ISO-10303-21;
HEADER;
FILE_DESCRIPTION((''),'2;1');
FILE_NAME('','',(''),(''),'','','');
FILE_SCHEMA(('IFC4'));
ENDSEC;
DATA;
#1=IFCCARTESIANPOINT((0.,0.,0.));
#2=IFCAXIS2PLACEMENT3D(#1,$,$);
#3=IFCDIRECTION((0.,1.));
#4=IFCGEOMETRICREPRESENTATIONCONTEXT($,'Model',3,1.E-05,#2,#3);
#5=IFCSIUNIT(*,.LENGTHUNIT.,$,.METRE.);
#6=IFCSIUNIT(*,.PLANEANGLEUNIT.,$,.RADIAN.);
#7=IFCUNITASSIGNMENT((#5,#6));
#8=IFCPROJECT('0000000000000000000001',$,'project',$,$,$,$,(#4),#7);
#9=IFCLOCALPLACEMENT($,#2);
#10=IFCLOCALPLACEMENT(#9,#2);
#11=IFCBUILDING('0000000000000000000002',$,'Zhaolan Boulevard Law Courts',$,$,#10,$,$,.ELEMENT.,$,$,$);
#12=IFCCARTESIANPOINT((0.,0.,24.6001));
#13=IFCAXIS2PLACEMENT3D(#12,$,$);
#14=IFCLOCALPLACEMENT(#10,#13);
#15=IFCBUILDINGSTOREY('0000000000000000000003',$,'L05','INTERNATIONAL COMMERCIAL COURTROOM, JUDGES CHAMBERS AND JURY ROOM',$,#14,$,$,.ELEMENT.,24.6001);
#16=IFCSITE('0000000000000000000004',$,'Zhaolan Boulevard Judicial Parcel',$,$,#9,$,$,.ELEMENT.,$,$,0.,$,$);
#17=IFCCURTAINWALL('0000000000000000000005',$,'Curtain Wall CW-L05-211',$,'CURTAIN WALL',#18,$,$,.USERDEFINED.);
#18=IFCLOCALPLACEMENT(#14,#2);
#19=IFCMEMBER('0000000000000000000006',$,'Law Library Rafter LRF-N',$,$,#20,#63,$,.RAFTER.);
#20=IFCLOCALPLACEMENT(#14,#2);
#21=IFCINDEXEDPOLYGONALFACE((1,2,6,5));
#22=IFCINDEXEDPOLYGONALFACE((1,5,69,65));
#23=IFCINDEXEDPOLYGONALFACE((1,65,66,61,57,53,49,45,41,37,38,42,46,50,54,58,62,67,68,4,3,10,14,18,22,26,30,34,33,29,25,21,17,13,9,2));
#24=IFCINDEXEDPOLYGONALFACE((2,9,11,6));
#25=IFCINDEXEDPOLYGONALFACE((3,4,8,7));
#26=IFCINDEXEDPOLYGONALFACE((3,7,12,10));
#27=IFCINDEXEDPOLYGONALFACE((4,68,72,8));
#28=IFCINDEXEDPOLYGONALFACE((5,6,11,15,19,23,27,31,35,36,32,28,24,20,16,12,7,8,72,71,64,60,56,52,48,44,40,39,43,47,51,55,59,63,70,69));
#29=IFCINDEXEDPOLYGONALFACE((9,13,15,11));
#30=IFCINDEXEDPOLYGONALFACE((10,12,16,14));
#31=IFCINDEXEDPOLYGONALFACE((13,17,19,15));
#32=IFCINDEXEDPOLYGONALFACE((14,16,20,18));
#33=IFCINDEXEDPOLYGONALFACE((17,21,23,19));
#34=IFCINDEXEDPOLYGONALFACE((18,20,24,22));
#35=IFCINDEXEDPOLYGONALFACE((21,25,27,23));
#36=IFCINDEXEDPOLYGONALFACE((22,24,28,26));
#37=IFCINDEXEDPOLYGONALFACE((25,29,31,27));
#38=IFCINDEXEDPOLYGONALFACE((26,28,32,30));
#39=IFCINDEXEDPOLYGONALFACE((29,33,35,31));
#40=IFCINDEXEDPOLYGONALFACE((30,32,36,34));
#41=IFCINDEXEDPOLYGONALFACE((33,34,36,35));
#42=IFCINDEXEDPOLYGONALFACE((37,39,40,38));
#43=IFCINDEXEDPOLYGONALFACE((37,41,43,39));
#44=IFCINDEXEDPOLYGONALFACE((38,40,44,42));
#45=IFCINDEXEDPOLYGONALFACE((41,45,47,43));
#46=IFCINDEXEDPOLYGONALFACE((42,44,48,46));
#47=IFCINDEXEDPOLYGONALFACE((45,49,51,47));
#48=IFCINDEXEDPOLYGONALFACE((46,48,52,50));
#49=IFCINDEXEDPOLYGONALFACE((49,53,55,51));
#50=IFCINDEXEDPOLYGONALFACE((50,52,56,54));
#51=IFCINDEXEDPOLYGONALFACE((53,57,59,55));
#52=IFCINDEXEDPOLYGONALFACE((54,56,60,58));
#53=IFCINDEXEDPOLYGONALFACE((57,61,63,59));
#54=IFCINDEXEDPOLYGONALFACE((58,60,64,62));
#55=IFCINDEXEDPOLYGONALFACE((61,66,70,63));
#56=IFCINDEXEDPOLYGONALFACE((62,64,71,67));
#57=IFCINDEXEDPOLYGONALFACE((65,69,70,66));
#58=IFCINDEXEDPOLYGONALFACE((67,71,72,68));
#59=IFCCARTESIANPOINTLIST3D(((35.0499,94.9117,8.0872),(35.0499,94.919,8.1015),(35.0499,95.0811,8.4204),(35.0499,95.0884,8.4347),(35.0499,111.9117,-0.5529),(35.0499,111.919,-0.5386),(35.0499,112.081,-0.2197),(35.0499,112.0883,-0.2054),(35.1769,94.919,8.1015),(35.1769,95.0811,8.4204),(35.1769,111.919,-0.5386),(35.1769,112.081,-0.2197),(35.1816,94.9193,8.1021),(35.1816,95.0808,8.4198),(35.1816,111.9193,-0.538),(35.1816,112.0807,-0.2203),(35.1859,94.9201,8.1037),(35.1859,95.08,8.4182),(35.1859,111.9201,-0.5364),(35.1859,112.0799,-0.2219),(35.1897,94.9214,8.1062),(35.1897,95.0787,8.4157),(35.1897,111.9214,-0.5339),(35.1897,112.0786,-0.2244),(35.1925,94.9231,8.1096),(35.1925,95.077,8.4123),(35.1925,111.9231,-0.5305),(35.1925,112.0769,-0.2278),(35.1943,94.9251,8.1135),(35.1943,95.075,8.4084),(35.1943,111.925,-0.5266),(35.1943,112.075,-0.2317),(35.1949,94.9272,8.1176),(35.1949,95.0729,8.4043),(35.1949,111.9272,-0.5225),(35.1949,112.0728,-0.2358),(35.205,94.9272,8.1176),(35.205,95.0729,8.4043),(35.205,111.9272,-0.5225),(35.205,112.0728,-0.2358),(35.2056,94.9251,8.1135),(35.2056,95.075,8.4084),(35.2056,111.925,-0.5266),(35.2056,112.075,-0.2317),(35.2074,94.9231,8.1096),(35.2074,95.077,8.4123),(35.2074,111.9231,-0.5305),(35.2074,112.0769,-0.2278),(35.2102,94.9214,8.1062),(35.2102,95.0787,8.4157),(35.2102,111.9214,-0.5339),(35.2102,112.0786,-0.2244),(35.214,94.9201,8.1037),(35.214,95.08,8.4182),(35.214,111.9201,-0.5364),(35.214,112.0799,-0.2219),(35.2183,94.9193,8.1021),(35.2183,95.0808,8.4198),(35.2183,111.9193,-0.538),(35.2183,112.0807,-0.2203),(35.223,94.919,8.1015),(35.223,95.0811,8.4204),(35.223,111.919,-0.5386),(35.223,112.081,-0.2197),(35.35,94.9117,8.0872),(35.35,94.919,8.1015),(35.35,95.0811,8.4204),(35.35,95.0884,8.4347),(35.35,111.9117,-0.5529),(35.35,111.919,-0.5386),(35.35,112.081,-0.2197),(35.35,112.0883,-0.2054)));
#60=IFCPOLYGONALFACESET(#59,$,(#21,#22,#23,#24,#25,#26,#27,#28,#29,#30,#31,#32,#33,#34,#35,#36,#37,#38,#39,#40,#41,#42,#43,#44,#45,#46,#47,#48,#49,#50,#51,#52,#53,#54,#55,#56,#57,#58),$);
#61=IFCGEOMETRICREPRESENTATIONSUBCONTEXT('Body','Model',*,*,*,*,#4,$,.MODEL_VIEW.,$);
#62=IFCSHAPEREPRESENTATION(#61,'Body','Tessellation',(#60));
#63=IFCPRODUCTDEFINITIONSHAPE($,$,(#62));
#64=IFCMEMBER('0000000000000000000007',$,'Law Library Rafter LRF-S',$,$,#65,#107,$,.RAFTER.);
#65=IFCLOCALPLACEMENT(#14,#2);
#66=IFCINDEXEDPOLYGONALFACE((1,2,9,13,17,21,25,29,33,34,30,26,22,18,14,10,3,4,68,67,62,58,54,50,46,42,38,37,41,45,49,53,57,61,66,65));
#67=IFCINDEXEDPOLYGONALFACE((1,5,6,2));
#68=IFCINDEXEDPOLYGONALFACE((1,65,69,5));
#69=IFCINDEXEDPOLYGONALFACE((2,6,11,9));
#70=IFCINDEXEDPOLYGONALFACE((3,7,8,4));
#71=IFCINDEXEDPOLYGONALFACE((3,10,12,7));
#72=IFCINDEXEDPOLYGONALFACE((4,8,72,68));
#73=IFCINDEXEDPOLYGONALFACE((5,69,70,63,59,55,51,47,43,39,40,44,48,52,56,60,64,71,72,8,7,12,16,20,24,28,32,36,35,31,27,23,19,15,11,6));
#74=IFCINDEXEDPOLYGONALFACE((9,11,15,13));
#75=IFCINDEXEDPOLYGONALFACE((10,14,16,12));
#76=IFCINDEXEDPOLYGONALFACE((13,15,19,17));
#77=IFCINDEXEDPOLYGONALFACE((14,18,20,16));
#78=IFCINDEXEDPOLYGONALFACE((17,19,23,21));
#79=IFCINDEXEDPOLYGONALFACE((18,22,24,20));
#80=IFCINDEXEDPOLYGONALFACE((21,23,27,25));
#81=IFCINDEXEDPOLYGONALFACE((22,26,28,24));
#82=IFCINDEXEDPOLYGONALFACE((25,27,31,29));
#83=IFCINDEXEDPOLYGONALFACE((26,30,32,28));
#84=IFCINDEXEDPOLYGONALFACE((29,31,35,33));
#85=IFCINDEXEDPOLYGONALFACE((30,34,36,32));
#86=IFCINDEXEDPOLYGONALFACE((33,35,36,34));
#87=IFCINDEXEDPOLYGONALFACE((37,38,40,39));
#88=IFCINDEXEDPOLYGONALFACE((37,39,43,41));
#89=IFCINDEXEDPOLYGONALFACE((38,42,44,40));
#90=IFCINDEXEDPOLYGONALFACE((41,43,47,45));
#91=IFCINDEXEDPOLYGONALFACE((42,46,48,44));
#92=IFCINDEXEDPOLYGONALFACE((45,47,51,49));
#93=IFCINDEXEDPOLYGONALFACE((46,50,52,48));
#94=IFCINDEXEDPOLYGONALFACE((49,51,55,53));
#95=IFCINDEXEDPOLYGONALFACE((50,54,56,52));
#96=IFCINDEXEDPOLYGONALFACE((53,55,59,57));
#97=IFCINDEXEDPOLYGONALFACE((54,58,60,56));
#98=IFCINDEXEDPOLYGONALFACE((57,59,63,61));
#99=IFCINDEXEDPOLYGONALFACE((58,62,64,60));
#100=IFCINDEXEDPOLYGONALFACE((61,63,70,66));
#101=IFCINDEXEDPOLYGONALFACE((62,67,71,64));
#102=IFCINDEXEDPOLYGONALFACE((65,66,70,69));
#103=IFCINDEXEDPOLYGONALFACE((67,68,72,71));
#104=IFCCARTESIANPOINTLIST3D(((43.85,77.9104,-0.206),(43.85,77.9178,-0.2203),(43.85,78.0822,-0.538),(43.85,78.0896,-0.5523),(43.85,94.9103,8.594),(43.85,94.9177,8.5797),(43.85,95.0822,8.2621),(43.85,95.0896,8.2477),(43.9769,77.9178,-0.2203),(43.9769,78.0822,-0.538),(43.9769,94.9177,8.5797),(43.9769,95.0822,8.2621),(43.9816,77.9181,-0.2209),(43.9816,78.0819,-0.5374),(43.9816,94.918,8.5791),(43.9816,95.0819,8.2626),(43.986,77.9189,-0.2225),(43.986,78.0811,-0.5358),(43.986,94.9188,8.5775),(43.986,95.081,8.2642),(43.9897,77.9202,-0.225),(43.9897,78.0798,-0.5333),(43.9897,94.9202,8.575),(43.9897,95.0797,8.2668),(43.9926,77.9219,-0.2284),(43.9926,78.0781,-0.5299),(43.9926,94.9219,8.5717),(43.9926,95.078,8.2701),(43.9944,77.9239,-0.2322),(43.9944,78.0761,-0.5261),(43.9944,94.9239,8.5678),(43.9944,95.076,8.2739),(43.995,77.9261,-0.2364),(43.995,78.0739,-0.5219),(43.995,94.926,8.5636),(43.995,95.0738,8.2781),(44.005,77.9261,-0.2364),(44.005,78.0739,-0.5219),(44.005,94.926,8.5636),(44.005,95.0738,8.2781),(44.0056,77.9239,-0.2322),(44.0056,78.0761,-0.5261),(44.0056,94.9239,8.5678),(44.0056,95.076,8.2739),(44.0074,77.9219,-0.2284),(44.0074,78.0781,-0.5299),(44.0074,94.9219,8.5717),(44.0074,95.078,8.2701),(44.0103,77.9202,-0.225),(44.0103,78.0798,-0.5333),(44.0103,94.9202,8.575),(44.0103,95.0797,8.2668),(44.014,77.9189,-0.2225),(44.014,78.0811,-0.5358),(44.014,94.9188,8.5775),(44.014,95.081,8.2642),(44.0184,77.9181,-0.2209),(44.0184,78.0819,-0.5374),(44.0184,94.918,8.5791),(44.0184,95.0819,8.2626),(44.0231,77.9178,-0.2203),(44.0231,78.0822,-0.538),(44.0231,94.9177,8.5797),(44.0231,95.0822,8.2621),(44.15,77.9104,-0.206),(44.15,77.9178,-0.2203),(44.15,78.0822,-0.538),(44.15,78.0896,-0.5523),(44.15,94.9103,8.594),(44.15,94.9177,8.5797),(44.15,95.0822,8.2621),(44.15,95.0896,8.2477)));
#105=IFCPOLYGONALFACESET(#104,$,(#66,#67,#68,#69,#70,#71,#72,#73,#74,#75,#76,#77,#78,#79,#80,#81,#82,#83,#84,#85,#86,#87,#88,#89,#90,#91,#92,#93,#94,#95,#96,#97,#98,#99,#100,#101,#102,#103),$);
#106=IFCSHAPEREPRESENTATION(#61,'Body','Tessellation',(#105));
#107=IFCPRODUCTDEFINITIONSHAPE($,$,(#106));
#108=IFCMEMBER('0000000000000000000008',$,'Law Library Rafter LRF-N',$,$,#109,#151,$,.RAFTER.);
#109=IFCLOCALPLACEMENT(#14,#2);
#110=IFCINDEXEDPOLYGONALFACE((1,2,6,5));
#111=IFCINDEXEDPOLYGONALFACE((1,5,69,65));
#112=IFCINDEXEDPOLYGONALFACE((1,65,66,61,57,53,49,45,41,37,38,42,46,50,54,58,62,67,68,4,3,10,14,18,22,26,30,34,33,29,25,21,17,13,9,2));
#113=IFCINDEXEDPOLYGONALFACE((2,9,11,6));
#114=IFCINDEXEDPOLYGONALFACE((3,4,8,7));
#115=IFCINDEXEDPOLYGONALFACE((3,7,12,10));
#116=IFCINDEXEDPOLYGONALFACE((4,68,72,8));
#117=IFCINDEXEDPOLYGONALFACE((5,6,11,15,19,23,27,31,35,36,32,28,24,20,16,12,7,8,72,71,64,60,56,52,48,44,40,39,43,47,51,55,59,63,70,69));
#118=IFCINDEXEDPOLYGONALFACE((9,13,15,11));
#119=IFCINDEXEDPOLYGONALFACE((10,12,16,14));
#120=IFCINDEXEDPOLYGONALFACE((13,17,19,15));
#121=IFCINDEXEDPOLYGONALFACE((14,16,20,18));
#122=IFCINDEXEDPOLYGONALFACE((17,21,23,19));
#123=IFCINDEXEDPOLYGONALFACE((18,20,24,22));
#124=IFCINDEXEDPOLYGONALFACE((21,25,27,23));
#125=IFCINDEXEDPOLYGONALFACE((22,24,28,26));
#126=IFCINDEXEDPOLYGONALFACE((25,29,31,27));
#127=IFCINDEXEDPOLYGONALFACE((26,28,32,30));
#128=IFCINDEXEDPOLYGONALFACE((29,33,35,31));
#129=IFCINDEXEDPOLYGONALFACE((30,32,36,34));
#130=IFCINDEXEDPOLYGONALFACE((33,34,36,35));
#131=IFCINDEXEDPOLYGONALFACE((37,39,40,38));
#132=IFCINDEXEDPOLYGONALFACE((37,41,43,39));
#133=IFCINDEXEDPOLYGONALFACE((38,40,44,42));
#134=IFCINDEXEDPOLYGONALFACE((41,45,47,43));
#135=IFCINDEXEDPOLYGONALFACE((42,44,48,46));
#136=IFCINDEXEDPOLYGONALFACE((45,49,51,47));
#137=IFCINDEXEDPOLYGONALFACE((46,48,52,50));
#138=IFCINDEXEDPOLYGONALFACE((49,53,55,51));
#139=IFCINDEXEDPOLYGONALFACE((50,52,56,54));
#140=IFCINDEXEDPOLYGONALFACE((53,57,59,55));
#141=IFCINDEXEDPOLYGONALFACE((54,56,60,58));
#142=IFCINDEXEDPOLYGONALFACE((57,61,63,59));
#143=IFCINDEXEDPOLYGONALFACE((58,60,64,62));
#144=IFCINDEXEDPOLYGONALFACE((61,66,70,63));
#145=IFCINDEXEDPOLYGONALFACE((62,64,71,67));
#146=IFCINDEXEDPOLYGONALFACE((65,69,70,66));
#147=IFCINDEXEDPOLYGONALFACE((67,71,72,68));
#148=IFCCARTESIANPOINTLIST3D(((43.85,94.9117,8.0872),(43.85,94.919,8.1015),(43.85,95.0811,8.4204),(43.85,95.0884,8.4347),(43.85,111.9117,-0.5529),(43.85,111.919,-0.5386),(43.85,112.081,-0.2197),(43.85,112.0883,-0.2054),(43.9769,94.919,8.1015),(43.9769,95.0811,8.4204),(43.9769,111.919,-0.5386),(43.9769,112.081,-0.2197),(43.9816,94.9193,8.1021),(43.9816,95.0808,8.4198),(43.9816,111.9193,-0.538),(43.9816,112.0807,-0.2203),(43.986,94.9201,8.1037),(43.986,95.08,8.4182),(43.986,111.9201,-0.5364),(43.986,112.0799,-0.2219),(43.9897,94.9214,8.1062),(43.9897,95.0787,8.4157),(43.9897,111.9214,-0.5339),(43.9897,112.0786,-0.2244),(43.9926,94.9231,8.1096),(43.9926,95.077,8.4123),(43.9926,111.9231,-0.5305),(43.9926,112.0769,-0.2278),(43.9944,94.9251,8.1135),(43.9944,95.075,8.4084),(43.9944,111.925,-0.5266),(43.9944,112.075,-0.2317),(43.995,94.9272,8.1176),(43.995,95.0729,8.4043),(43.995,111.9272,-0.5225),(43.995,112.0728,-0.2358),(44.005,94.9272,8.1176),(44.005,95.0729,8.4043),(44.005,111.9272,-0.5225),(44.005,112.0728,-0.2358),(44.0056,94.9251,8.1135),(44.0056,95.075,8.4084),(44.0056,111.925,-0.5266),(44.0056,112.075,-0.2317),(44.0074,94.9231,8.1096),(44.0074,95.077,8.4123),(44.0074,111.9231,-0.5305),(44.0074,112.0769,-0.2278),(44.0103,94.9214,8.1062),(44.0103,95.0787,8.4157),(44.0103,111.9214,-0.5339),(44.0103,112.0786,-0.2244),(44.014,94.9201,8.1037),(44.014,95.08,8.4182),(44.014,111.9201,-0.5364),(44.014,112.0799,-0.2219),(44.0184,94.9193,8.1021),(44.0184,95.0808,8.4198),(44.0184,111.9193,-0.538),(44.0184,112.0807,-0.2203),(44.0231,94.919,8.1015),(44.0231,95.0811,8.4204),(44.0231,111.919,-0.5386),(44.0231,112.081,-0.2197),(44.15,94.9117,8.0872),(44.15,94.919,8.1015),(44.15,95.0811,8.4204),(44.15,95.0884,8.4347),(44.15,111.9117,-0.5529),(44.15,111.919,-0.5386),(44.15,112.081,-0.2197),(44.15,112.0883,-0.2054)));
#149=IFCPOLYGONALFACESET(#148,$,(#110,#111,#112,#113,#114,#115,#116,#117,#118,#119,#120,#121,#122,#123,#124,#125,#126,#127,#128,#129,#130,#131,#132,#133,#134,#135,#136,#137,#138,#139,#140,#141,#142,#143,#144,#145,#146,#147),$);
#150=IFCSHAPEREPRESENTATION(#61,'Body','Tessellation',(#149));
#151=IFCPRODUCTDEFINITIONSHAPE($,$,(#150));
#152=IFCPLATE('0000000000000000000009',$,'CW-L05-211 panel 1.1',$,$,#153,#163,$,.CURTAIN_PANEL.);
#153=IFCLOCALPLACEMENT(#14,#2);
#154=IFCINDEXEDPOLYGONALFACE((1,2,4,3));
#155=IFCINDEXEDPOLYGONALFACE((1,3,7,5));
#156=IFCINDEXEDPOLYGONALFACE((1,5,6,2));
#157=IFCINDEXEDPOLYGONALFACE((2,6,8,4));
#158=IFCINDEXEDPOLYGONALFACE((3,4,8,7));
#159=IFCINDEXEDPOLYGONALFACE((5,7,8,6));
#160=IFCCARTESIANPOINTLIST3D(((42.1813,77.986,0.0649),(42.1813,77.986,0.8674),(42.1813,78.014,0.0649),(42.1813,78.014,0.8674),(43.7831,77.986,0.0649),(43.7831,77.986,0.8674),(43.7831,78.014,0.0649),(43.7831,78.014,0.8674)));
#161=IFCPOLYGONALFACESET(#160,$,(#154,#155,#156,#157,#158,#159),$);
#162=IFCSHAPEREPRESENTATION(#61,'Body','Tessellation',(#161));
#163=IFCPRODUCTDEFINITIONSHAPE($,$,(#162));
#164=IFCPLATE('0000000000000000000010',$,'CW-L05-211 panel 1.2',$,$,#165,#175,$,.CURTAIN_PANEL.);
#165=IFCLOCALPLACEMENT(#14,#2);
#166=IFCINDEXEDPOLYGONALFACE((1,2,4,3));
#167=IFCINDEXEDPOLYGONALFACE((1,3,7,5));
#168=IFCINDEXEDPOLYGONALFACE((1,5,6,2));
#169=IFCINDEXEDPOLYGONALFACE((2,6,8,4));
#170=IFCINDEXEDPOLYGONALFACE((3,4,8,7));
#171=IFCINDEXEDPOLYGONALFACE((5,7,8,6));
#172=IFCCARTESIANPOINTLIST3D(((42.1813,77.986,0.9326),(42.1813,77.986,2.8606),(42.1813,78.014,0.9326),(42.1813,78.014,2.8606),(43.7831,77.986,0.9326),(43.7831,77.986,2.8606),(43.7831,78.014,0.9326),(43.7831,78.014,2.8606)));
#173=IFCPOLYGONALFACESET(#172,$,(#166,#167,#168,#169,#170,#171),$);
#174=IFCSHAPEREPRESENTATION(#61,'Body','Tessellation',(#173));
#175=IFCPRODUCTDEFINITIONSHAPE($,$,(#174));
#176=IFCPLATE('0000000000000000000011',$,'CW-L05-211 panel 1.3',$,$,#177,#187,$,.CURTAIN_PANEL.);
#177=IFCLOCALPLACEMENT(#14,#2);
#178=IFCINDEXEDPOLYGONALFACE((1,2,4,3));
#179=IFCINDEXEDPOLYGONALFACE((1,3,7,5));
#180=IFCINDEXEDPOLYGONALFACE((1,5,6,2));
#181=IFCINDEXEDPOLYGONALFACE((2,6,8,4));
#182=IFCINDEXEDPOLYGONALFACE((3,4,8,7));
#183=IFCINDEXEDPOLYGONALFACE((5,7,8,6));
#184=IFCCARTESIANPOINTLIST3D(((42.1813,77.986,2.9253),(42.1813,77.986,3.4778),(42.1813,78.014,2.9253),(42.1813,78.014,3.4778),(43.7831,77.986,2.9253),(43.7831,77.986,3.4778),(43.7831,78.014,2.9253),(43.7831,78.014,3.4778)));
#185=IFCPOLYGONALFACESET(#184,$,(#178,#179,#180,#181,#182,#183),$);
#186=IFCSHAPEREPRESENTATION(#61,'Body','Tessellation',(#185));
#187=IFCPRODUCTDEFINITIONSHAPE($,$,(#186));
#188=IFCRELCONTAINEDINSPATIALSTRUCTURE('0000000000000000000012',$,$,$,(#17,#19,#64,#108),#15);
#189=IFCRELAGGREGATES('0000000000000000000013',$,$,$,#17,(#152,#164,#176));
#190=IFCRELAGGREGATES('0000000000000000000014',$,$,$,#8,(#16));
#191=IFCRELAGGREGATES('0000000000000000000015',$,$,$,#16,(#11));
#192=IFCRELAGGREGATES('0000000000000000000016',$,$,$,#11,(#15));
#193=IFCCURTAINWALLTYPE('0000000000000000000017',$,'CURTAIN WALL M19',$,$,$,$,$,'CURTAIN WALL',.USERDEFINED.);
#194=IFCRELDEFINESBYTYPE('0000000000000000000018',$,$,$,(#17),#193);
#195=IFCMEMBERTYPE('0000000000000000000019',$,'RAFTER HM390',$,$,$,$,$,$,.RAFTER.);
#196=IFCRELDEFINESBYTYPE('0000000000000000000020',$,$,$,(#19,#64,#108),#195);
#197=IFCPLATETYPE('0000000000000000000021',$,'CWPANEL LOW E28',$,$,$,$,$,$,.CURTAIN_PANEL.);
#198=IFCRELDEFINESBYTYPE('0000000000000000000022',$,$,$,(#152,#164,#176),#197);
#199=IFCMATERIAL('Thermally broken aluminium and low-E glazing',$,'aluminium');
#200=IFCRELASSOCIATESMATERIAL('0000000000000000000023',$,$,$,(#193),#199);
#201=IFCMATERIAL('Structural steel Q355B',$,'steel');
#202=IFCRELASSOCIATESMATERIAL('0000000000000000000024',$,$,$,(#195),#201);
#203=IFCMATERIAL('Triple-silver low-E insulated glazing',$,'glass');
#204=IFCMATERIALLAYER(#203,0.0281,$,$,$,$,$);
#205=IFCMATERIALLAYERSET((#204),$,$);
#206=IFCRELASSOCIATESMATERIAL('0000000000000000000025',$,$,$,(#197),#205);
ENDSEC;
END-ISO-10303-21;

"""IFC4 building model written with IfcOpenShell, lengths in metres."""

from ifc_helpers import new_model, si_unit, direction, frame, origin, origin_2d, place, context, subcontext, project, spatial, rectangle, i_section, extrude, material, layer, layer_set, material_profile, profile_set, type_object, element, aggregate, save


model = new_model("IFC4")

# Units and contexts
model_context = context("Model", 3, precision=1e-05, world=origin(), true_north=direction((0.0, 1.0)))
body_context = subcontext(model_context, "Body", "Model", "MODEL_VIEW")
ifc_project = project(units=[si_unit("LENGTHUNIT", "METRE"), si_unit("PLANEANGLEUNIT", "RADIAN")], contexts=[model_context])

# Site, building, storey
site_placement = place(None, origin())
site = spatial("IfcSite", under=ifc_project, at=site_placement, Name="Zhaolan Boulevard Judicial Parcel", CompositionType="ELEMENT", RefElevation=0.0)
building_placement = place(site_placement, origin())
building = spatial("IfcBuilding", under=site, at=building_placement, Name="Zhaolan Boulevard Law Courts", CompositionType="ELEMENT")
storey_placement = place(building_placement, frame((0.0, 0.0, 24.6001)))
storey = spatial("IfcBuildingStorey", under=building, at=storey_placement, Name="L05", Description="INTERNATIONAL COMMERCIAL COURTROOM, JUDGES CHAMBERS AND JURY ROOM", CompositionType="ELEMENT", Elevation=24.6001)

# Curtain wall
ifc_material_1 = material(Name="Thermally broken aluminium and low-E glazing", Category="aluminium")
curtain_wall_type = type_object("IfcCurtainWallType", Name="CURTAIN WALL M19", ElementType="CURTAIN WALL", PredefinedType="USERDEFINED", material=ifc_material_1)
curtain_wall_placement = place(storey_placement, origin())
curtain_wall = element("IfcCurtainWall", 1, at=curtain_wall_placement, inside=storey, type_object=curtain_wall_type, Name="Curtain Wall CW-L05-211", ObjectType="CURTAIN WALL", PredefinedType="USERDEFINED")

# Members
ifc_material_2 = material(Name="Structural steel Q355B", Category="steel")
ifc_material_profile_1 = material_profile(ifc_material_2, i_section(OverallWidth=0.3, OverallDepth=0.3899, WebThickness=0.01, FlangeThickness=0.0161, FilletRadius=0.0181, at=origin_2d()), Name="HM390x300")
ifc_profile_set_1 = profile_set([ifc_material_profile_1], Name="Structural steel Q355B")
member_type_1 = type_object("IfcMemberType", Name="RAFTER HM390", PredefinedType="RAFTER", material=ifc_profile_set_1)
for number, where, z_axis, x_axis, name in (
    (2, (35.2, 112.0, -0.3792), (0.0, -0.891468, 0.453083), (1.0, 0.0, 0.0), "Law Library Rafter LRF-N"),
):
    element("IfcMember", number, at=place(storey_placement, frame(where, z_axis=z_axis, x_axis=x_axis)), inside=storey, type_object=member_type_1, Name=name, PredefinedType="RAFTER", context=body_context, shape_type="SweptSolid", body=[
        extrude(i_section(OverallWidth=0.3, OverallDepth=0.3899, WebThickness=0.01, FlangeThickness=0.0161, FilletRadius=0.0181, at=origin_2d()), origin(), (0.0, 0.0, 1.0), 19.0696),
    ])
member_1_placement = place(storey_placement, frame((44.0, 78.0, -0.3792), z_axis=(0.0, 0.88807, 0.459709), x_axis=(-1.0, 0.0, 0.0)))
element("IfcMember", 3, at=member_1_placement, inside=storey, type_object=member_type_1, Name="Law Library Rafter LRF-S", PredefinedType="RAFTER", context=body_context, shape_type="SweptSolid", body=[
    extrude(i_section(OverallWidth=0.3, OverallDepth=0.3899, WebThickness=0.01, FlangeThickness=0.0161, FilletRadius=0.0181, at=origin_2d()), origin(), (0.0, 0.0, 1.0), 19.1426),
])
member_2_placement = place(storey_placement, frame((44.0, 112.0, -0.3792), z_axis=(0.0, -0.891468, 0.453083), x_axis=(1.0, 0.0, 0.0)))
element("IfcMember", 4, at=member_2_placement, inside=storey, type_object=member_type_1, Name="Law Library Rafter LRF-N", PredefinedType="RAFTER", context=body_context, shape_type="SweptSolid", body=[
    extrude(i_section(OverallWidth=0.3, OverallDepth=0.3899, WebThickness=0.01, FlangeThickness=0.0161, FilletRadius=0.0181, at=origin_2d()), origin(), (0.0, 0.0, 1.0), 19.0696),
])

# Plates
ifc_material_3 = material(Name="Triple-silver low-E insulated glazing", Category="glass")
ifc_layer_1 = layer(ifc_material_3, 0.0281)
ifc_layer_set_1 = layer_set([ifc_layer_1])
plate_type_1 = type_object("IfcPlateType", Name="CWPANEL LOW E28", PredefinedType="CURTAIN_PANEL", material=ifc_layer_set_1)
plate_1_placement = place(storey_placement, frame((42.9822, 78.0, 0.0649), z_axis=(0.0, 0.0, 1.0), x_axis=(-1.0, 0.0, 0.0)))
plate_1 = element("IfcPlate", 5, at=plate_1_placement, type_object=plate_type_1, Name="CW-L05-211 panel 1.1", PredefinedType="CURTAIN_PANEL", context=body_context, shape_type="SweptSolid", body=[
    extrude(rectangle(XDim=1.6018, YDim=0.0281, at=origin_2d()), origin(), (0.0, 0.0, 1.0), 0.8025),
])
plate_2_placement = place(storey_placement, frame((42.9822, 78.0, 0.9326), z_axis=(0.0, 0.0, 1.0), x_axis=(-1.0, 0.0, 0.0)))
plate_2 = element("IfcPlate", 6, at=plate_2_placement, type_object=plate_type_1, Name="CW-L05-211 panel 1.2", PredefinedType="CURTAIN_PANEL", context=body_context, shape_type="SweptSolid", body=[
    extrude(rectangle(XDim=1.6018, YDim=0.0281, at=origin_2d()), origin(), (0.0, 0.0, 1.0), 1.928),
])
plate_3_placement = place(storey_placement, frame((42.9822, 78.0, 2.9253), z_axis=(0.0, 0.0, 1.0), x_axis=(-1.0, 0.0, 0.0)))
plate_3 = element("IfcPlate", 7, at=plate_3_placement, type_object=plate_type_1, Name="CW-L05-211 panel 1.3", PredefinedType="CURTAIN_PANEL", context=body_context, shape_type="SweptSolid", body=[
    extrude(rectangle(XDim=1.6018, YDim=0.0281, at=origin_2d()), origin(), (0.0, 0.0, 1.0), 0.5525),
])
aggregate(curtain_wall, [plate_1, plate_2, plate_3])

save(model, "model.ifc")
